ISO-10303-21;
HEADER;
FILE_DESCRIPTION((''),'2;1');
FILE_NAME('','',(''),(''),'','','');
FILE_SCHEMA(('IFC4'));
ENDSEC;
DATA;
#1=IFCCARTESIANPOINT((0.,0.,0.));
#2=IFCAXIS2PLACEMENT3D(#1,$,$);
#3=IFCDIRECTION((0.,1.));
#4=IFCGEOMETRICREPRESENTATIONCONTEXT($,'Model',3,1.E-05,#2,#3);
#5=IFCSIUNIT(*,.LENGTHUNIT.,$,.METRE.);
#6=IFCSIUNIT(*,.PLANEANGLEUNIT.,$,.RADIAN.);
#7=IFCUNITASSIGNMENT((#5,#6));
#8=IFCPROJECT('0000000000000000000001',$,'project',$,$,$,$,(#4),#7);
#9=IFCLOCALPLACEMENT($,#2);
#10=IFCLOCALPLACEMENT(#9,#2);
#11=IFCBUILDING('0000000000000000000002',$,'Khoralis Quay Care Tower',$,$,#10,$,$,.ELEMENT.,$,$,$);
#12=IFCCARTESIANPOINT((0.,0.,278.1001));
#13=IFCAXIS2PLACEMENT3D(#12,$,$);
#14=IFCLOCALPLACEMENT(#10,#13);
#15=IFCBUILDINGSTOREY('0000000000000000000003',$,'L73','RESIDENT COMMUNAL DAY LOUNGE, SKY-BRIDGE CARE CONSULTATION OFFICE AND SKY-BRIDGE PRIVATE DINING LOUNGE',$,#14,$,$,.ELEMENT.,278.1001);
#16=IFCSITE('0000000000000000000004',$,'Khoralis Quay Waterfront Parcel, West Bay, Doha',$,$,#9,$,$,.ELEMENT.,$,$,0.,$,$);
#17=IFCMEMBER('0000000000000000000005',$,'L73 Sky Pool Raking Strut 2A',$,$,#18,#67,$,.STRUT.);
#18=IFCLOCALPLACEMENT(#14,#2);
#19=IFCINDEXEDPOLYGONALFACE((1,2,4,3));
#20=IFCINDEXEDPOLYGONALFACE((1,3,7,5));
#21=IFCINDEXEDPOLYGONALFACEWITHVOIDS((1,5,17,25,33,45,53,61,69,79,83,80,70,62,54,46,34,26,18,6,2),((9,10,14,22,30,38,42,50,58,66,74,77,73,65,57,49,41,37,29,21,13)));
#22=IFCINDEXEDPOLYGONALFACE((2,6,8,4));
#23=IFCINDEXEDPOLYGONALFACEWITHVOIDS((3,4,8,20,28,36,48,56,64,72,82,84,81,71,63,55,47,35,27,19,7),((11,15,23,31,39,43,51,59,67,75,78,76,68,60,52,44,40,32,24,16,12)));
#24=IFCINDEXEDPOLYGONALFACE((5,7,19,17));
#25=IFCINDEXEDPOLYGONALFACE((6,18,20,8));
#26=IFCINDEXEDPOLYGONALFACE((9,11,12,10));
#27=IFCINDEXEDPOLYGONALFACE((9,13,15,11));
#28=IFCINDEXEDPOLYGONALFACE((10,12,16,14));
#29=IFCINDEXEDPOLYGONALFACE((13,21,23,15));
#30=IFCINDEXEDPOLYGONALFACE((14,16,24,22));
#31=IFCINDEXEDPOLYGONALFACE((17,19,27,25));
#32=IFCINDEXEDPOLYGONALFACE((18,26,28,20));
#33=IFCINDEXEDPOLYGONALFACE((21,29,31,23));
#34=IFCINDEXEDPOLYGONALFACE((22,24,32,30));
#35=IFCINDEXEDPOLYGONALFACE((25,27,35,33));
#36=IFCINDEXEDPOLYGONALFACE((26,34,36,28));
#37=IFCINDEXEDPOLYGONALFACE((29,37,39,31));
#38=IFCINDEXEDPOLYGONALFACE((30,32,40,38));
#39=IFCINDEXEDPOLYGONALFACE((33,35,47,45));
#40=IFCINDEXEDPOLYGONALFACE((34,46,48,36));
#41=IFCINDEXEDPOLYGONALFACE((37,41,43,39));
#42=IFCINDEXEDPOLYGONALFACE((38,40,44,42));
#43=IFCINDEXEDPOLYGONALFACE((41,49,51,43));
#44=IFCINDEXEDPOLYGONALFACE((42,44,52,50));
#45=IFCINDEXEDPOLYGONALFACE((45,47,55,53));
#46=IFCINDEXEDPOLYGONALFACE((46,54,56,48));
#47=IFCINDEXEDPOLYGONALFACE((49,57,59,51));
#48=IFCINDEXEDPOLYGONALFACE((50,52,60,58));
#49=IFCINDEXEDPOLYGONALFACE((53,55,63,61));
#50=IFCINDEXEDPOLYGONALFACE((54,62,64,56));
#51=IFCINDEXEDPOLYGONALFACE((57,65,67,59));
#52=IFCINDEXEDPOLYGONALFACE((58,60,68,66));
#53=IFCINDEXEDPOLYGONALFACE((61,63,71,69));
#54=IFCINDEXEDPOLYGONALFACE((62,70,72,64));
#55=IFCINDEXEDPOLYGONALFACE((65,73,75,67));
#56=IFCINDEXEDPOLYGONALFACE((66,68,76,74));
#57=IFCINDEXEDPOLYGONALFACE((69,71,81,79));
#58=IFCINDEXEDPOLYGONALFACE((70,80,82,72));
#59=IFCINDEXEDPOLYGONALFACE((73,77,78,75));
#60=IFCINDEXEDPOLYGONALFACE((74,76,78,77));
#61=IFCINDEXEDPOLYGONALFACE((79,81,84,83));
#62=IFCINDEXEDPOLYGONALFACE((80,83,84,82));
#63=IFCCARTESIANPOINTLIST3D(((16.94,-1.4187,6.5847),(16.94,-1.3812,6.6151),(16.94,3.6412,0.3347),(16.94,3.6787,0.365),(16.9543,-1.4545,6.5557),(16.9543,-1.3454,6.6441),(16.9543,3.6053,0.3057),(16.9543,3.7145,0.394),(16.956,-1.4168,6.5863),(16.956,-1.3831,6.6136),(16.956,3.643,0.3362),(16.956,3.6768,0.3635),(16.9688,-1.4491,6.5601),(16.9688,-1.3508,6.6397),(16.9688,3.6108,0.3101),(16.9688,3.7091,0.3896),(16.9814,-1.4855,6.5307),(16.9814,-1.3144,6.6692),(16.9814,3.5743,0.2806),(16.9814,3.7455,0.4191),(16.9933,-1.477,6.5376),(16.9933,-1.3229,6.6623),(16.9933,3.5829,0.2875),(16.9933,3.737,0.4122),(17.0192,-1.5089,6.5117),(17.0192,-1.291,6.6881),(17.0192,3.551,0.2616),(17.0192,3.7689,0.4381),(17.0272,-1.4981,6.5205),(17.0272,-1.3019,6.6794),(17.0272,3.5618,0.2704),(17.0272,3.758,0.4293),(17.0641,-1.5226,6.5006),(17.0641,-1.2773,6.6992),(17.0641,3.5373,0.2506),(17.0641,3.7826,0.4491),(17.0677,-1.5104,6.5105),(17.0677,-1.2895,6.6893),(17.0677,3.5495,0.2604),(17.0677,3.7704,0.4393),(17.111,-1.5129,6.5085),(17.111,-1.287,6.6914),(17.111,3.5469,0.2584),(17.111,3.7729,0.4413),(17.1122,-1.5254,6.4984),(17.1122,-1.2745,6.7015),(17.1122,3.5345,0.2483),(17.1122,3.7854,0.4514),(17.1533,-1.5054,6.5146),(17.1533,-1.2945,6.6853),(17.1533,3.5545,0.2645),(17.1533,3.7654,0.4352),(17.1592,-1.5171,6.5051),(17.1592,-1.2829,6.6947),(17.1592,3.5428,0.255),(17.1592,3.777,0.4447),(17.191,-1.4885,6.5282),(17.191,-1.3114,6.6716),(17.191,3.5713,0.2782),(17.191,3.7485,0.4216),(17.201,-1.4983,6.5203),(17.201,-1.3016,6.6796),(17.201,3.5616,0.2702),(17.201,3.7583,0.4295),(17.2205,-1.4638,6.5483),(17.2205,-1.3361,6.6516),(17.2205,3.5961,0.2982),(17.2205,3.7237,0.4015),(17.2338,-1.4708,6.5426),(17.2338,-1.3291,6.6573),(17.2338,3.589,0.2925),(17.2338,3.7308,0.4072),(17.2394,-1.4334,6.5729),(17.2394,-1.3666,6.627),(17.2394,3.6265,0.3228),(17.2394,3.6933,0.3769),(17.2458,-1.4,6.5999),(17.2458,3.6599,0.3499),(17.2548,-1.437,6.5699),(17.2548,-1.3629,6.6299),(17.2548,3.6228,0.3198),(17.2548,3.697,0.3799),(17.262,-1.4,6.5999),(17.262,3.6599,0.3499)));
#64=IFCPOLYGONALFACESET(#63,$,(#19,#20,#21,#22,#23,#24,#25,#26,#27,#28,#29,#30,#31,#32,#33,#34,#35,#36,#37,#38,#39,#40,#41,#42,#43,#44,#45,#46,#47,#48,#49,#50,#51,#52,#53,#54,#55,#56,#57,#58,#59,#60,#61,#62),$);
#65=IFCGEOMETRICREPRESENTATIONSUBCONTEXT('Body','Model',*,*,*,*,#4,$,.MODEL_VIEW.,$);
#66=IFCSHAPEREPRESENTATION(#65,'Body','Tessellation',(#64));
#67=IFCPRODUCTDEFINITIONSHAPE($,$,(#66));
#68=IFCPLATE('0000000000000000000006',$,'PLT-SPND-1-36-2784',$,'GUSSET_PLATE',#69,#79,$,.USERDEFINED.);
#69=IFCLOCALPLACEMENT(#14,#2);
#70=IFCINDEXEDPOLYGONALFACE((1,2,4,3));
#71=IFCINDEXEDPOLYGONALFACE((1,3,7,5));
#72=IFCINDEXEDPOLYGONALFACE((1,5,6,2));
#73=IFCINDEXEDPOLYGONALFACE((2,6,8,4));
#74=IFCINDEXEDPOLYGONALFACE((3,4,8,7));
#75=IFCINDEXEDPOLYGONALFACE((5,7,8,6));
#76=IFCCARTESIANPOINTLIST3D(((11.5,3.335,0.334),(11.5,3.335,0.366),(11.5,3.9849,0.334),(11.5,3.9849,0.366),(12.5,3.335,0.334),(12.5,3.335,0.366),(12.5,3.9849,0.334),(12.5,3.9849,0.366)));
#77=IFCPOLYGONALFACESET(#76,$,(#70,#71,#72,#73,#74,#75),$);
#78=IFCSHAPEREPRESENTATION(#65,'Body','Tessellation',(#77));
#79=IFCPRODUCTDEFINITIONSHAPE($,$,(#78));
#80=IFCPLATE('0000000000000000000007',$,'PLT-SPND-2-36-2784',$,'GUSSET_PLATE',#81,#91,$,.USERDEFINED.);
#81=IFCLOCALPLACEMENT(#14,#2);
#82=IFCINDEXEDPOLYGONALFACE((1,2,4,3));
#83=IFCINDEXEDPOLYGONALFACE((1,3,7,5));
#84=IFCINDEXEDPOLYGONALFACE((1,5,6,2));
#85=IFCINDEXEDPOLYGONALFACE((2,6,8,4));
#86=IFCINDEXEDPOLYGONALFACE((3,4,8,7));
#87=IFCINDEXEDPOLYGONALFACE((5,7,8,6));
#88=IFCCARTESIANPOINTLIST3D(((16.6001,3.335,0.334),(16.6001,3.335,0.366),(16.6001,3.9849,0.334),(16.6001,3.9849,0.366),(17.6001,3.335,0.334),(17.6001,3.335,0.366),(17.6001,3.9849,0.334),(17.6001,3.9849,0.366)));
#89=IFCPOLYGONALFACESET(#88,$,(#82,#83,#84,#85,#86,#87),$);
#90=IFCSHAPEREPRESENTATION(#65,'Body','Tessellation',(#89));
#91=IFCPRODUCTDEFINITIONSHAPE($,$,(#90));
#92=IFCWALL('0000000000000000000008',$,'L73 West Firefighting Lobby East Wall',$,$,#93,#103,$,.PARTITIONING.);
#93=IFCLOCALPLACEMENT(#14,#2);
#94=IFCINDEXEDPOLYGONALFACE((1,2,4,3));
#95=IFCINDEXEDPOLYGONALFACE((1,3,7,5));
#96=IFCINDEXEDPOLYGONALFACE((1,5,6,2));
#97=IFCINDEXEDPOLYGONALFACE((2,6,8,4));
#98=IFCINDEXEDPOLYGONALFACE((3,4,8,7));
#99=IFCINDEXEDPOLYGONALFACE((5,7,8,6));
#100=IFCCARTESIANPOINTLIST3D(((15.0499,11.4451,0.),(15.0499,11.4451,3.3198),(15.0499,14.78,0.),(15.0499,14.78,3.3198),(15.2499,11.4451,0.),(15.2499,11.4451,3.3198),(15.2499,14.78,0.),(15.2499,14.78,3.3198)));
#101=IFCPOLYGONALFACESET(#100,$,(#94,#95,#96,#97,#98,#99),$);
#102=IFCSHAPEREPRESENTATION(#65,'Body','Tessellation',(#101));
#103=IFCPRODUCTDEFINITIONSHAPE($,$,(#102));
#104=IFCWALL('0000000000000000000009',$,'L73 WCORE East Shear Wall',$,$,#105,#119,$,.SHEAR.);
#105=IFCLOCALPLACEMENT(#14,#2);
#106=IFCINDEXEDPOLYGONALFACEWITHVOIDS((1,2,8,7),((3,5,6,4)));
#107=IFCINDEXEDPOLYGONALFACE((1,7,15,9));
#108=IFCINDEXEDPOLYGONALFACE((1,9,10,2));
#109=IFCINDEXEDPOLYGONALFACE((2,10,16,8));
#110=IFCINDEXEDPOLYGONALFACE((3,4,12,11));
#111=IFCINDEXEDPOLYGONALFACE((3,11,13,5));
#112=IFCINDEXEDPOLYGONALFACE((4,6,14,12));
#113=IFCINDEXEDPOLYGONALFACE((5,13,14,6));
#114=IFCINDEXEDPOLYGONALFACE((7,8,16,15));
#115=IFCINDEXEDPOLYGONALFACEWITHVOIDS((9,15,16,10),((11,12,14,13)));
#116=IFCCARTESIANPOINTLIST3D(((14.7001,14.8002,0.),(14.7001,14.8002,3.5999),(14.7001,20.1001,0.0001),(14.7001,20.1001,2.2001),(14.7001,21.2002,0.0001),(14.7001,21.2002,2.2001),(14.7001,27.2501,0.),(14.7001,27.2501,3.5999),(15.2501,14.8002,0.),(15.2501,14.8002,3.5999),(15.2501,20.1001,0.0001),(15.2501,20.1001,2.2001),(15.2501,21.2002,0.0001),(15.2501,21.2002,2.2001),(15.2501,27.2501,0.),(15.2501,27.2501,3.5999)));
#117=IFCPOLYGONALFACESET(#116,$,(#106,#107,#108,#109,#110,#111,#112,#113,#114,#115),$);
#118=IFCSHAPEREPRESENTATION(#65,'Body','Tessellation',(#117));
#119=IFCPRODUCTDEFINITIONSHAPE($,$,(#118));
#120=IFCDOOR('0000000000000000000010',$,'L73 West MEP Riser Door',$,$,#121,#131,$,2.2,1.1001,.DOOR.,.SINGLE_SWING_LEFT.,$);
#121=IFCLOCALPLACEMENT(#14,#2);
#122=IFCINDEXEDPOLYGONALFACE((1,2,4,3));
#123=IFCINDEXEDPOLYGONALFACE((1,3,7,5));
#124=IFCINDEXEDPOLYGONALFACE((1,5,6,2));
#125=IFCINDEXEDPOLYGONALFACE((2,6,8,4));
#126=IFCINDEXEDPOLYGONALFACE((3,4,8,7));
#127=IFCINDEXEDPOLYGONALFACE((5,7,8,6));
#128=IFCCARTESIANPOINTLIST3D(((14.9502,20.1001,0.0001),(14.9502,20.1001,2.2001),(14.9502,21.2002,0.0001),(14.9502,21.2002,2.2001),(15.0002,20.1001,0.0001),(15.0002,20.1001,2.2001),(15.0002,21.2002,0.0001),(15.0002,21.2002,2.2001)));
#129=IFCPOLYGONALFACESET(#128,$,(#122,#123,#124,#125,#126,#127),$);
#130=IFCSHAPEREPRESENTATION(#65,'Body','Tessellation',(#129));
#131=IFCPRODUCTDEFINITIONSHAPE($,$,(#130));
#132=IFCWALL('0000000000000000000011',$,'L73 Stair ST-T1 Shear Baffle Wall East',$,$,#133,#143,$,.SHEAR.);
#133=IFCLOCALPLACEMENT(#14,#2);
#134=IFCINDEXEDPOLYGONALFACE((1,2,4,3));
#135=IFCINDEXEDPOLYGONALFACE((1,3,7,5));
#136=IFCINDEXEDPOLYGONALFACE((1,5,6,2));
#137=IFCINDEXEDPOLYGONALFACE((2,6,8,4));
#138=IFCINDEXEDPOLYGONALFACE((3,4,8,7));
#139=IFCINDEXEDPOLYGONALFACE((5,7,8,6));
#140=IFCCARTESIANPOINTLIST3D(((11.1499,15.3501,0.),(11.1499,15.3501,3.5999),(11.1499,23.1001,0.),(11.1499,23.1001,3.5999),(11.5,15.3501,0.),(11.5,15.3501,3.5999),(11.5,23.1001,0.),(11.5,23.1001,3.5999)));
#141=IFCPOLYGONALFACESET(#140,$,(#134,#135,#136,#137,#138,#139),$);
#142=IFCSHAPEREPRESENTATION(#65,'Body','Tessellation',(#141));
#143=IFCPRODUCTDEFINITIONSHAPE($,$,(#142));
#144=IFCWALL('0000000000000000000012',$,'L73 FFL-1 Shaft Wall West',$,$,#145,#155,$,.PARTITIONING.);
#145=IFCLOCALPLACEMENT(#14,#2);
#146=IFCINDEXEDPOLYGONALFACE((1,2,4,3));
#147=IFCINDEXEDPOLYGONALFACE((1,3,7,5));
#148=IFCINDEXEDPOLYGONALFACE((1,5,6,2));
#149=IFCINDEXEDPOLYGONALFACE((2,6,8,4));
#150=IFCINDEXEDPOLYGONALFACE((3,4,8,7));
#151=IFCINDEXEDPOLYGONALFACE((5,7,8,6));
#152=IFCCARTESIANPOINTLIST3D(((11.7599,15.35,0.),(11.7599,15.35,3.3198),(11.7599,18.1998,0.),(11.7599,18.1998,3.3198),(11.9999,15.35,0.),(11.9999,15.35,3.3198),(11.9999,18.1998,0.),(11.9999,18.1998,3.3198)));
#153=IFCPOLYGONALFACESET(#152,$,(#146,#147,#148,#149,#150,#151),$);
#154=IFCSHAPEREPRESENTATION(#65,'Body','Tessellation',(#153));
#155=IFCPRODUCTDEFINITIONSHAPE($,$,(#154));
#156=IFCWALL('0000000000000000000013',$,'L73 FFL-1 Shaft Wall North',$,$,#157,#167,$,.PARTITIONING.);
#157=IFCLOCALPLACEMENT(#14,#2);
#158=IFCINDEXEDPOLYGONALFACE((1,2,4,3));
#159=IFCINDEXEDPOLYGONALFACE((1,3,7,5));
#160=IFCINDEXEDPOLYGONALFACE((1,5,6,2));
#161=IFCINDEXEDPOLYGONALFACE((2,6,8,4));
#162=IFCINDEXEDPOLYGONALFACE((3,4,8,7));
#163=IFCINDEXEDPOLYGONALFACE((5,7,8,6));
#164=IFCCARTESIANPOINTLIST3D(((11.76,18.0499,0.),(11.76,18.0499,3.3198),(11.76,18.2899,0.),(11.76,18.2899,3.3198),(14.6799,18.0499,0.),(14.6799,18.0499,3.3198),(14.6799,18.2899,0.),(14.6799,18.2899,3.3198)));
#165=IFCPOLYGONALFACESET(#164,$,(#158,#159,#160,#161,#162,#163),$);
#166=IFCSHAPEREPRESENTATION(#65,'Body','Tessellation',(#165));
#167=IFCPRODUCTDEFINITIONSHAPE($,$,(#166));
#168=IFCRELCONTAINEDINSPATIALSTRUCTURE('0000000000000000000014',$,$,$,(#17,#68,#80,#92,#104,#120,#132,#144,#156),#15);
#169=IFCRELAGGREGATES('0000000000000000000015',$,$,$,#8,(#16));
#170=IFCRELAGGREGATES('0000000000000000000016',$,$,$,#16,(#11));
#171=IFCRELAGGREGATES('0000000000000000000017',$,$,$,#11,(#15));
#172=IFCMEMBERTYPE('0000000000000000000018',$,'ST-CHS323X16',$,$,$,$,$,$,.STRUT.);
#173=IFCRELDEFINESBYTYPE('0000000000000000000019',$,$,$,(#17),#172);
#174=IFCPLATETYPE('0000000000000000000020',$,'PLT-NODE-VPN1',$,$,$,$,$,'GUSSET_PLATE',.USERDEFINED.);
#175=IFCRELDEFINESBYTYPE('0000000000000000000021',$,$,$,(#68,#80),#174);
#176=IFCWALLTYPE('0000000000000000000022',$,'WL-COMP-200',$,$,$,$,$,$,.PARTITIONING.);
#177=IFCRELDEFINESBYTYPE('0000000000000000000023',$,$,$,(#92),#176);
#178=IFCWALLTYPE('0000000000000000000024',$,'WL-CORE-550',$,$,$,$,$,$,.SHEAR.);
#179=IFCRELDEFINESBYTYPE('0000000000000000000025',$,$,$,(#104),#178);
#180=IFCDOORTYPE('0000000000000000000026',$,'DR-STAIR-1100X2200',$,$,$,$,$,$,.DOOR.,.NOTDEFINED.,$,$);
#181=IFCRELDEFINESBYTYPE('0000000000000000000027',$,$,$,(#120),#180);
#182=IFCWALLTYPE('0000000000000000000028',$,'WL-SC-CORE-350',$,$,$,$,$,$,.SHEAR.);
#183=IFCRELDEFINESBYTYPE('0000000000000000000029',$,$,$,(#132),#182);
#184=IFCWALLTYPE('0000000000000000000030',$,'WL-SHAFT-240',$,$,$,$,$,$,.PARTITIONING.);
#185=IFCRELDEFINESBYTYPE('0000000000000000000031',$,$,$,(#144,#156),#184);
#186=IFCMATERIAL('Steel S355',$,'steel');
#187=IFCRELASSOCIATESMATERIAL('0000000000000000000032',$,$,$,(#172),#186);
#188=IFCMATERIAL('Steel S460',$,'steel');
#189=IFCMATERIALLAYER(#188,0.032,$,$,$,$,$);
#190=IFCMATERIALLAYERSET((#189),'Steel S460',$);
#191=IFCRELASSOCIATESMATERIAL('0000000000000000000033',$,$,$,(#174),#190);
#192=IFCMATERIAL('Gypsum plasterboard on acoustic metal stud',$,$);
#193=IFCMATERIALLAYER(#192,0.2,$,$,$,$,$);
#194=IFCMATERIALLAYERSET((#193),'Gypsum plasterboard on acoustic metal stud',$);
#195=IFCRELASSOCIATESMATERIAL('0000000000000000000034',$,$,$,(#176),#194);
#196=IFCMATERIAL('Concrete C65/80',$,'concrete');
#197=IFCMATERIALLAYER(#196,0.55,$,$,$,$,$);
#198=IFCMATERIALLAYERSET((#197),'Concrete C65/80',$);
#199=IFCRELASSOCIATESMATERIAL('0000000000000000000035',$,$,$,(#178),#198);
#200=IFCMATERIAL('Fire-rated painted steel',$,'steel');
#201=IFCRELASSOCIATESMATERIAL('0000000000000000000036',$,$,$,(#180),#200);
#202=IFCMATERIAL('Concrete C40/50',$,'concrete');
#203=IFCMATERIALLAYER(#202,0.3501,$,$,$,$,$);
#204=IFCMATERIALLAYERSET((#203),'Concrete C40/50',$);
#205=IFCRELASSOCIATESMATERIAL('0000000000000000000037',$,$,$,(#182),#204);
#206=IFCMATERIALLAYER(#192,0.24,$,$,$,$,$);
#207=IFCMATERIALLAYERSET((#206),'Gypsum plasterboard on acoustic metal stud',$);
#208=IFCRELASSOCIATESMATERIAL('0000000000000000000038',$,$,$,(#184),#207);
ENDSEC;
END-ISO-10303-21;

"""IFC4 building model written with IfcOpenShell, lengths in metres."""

from ifc_helpers import new_model, si_unit, direction, frame, frame_2d, origin, origin_2d, place, context, subcontext, project, spatial, rectangle, hollow_circle, extrude, source, transform, mapped, material, layer, layer_set, material_profile, profile_set, type_object, element, fill, save


model = new_model("IFC4")

# Units and contexts
model_context = context("Model", 3, precision=1e-05, world=origin(), true_north=direction((0.0, 1.0)))
body_context = subcontext(model_context, "Body", "Model", "MODEL_VIEW")
ifc_project = project(units=[si_unit("LENGTHUNIT", "METRE"), si_unit("PLANEANGLEUNIT", "RADIAN")], contexts=[model_context])

# Site, building, storey
site_placement = place(None, origin())
site = spatial("IfcSite", under=ifc_project, at=site_placement, Name="Khoralis Quay Waterfront Parcel, West Bay, Doha", CompositionType="ELEMENT", RefElevation=0.0)
building_placement = place(site_placement, origin())
building = spatial("IfcBuilding", under=site, at=building_placement, Name="Khoralis Quay Care Tower", CompositionType="ELEMENT")
storey_placement = place(building_placement, frame((0.0, 0.0, 278.1001)))
storey = spatial("IfcBuildingStorey", under=building, at=storey_placement, Name="L73", Description="RESIDENT COMMUNAL DAY LOUNGE, SKY-BRIDGE CARE CONSULTATION OFFICE AND SKY-BRIDGE PRIVATE DINING LOUNGE", CompositionType="ELEMENT", Elevation=278.1001)

# Shared definitions
ifc_material_1 = material(Name="Steel S355", Category="steel")

# Member
ifc_material_profile_1 = material_profile(ifc_material_1, hollow_circle(Radius=0.1619, WallThickness=0.0161, at=origin_2d()), Name="Steel S355")
ifc_profile_set_1 = profile_set([ifc_material_profile_1], Name="Steel S355")
member_type = type_object("IfcMemberType", Name="ST-CHS323X16", PredefinedType="STRUT", material=ifc_profile_set_1)
shared_shape_1 = source(origin(), body_context, "Body", "SweptSolid", [
    extrude(hollow_circle(Radius=0.1619, WallThickness=0.0161, at=origin_2d()), origin(), (0.0, 0.0, 1.0), 8.0415),
])
member_placement = place(storey_placement, frame((17.1001, 3.6599, 0.3499), z_axis=(0.0, -0.62922, 0.777227), x_axis=(1.0, 0.0, 0.0)))
element("IfcMember", 1, at=member_placement, inside=storey, type_object=member_type, Name="L73 Sky Pool Raking Strut 2A", PredefinedType="STRUT", context=body_context, shape_type="MappedRepresentation", body=[
    mapped(shared_shape_1, transform((0.0, 0.0, 0.0), scale=1.0)),
])

# Plates
ifc_material_2 = material(Name="Steel S460", Category="steel")
ifc_layer_1 = layer(ifc_material_2, 0.032)
ifc_layer_set_1 = layer_set([ifc_layer_1], Name="Steel S460")
plate_type = type_object("IfcPlateType", Name="PLT-NODE-VPN1", ElementType="GUSSET_PLATE", PredefinedType="USERDEFINED", material=ifc_layer_set_1)
shared_shape_2 = source(origin(), body_context, "Body", "SweptSolid", [
    extrude(rectangle(XDim=1.0, YDim=0.6499, at=origin_2d()), origin(), (0.0, 0.0, 1.0), 0.032),
])
for number, where, z_axis, x_axis, name in (
    (2, (12.0, 3.6599, 0.334), (0.0, 0.0, 1.0), (1.0, 0.0, 0.0), "PLT-SPND-1-36-2784"),
    (3, (17.1001, 3.6599, 0.334), (0.0, 0.0, 1.0), (1.0, 0.0, 0.0), "PLT-SPND-2-36-2784"),
):
    element("IfcPlate", number, at=place(storey_placement, frame(where, z_axis=z_axis, x_axis=x_axis)), inside=storey, type_object=plate_type, Name=name, ObjectType="GUSSET_PLATE", PredefinedType="USERDEFINED", context=body_context, shape_type="MappedRepresentation", body=[
        mapped(shared_shape_2, transform((0.0, 0.0, 0.0), scale=1.0)),
    ])

# Wall
ifc_material_3 = material(Name="Gypsum plasterboard on acoustic metal stud")
ifc_layer_2 = layer(ifc_material_3, 0.2)
ifc_layer_set_2 = layer_set([ifc_layer_2], Name="Gypsum plasterboard on acoustic metal stud")
wall_type_1 = type_object("IfcWallType", Name="WL-COMP-200", PredefinedType="PARTITIONING", material=ifc_layer_set_2)
wall_1_placement = place(storey_placement, frame((15.1499, 11.4451, 0.0), z_axis=(0.0, 0.0, 1.0), x_axis=(0.0, 1.0, 0.0)))
element("IfcWall", 4, at=wall_1_placement, inside=storey, type_object=wall_type_1, Name="L73 West Firefighting Lobby East Wall", PredefinedType="PARTITIONING", context=body_context, shape_type="SweptSolid", body=[
    extrude(rectangle(XDim=3.335, YDim=0.2, at=frame_2d((1.6675, 0.0))), origin(), (0.0, 0.0, 1.0), 3.3198),
])

# Wall, opening, door
ifc_material_4 = material(Name="Concrete C65/80", Category="concrete")
ifc_layer_3 = layer(ifc_material_4, 0.55)
ifc_layer_set_3 = layer_set([ifc_layer_3], Name="Concrete C65/80")
wall_type_2 = type_object("IfcWallType", Name="WL-CORE-550", PredefinedType="SHEAR", material=ifc_layer_set_3)
wall_2_placement = place(storey_placement, frame((14.9751, 14.8, 0.0), z_axis=(0.0, 0.0, 1.0), x_axis=(0.0, 1.0, 0.0)))
wall_2 = element("IfcWall", 5, at=wall_2_placement, inside=storey, type_object=wall_type_2, Name="L73 WCORE East Shear Wall", PredefinedType="SHEAR", context=body_context, shape_type="SweptSolid", body=[
    extrude(rectangle(XDim=12.45, YDim=0.55, at=frame_2d((6.2251, 0.0))), origin(), (0.0, 0.0, 1.0), 3.5999),
])
opening_placement = place(wall_2_placement, frame((5.3, 0.0, 0.0)))
opening = element("IfcOpeningElement", 6, at=opening_placement, cuts=wall_2, PredefinedType="OPENING", context=body_context, shape_type="SweptSolid", body=[
    extrude(rectangle(XDim=1.1001, YDim=2.2, at=frame_2d((0.55, 1.1001))), frame((0.0, 0.2852, 0.0), z_axis=(0.0, -1.0, 0.0), x_axis=(1.0, 0.0, 0.0)), (0.0, 0.0, 1.0), 0.5701),
])
ifc_material_5 = material(Name="Fire-rated painted steel", Category="steel")
door_type = type_object("IfcDoorType", Name="DR-STAIR-1100X2200", OperationType="NOTDEFINED", PredefinedType="DOOR", material=ifc_material_5)
shared_shape_3 = source(origin(), body_context, "Body", "SweptSolid", [
    extrude(rectangle(XDim=1.1001, YDim=2.2, at=frame_2d((0.55, 1.1001))), frame((0.0, 0.0249, 0.0), z_axis=(0.0, -1.0, 0.0), x_axis=(1.0, 0.0, 0.0)), (0.0, 0.0, 1.0), 0.05),
])
door_placement = place(opening_placement, origin())
door = element("IfcDoor", 7, at=door_placement, inside=storey, type_object=door_type, Name="L73 West MEP Riser Door", OperationType="SINGLE_SWING_LEFT", OverallHeight=2.2, OverallWidth=1.1001, PredefinedType="DOOR", context=body_context, shape_type="MappedRepresentation", body=[
    mapped(shared_shape_3, transform((0.0, 0.0, 0.0), scale=1.0)),
])
fill(opening, door)

# Walls
ifc_material_6 = material(Name="Concrete C40/50", Category="concrete")
ifc_layer_4 = layer(ifc_material_6, 0.3501)
ifc_layer_set_4 = layer_set([ifc_layer_4], Name="Concrete C40/50")
wall_type_3 = type_object("IfcWallType", Name="WL-SC-CORE-350", PredefinedType="SHEAR", material=ifc_layer_set_4)
wall_3_placement = place(storey_placement, frame((11.325, 15.3501, 0.0), z_axis=(0.0, 0.0, 1.0), x_axis=(0.0, 1.0, 0.0)))
element("IfcWall", 8, at=wall_3_placement, inside=storey, type_object=wall_type_3, Name="L73 Stair ST-T1 Shear Baffle Wall East", PredefinedType="SHEAR", context=body_context, shape_type="SweptSolid", body=[
    extrude(rectangle(XDim=7.75, YDim=0.3501, at=frame_2d((3.875, 0.0))), origin(), (0.0, 0.0, 1.0), 3.5999),
])
ifc_layer_5 = layer(ifc_material_3, 0.24)
ifc_layer_set_5 = layer_set([ifc_layer_5], Name="Gypsum plasterboard on acoustic metal stud")
wall_type_4 = type_object("IfcWallType", Name="WL-SHAFT-240", PredefinedType="PARTITIONING", material=ifc_layer_set_5)
wall_4_placement = place(storey_placement, frame((11.8799, 15.3501, 0.0), z_axis=(0.0, 0.0, 1.0), x_axis=(0.0, 1.0, 0.0)))
element("IfcWall", 9, at=wall_4_placement, inside=storey, type_object=wall_type_4, Name="L73 FFL-1 Shaft Wall West", PredefinedType="PARTITIONING", context=body_context, shape_type="SweptSolid", body=[
    extrude(rectangle(XDim=2.8499, YDim=0.24, at=frame_2d((1.4248, 0.0))), origin(), (0.0, 0.0, 1.0), 3.3198),
])
wall_5_placement = place(storey_placement, frame((11.76, 18.1699, 0.0), z_axis=(0.0, 0.0, 1.0), x_axis=(1.0, 0.0, 0.0)))
element("IfcWall", 10, at=wall_5_placement, inside=storey, type_object=wall_type_4, Name="L73 FFL-1 Shaft Wall North", PredefinedType="PARTITIONING", context=body_context, shape_type="SweptSolid", body=[
    extrude(rectangle(XDim=2.9199, YDim=0.24, at=frame_2d((1.46, 0.0))), origin(), (0.0, 0.0, 1.0), 3.3198),
])

save(model, "model.ifc")
